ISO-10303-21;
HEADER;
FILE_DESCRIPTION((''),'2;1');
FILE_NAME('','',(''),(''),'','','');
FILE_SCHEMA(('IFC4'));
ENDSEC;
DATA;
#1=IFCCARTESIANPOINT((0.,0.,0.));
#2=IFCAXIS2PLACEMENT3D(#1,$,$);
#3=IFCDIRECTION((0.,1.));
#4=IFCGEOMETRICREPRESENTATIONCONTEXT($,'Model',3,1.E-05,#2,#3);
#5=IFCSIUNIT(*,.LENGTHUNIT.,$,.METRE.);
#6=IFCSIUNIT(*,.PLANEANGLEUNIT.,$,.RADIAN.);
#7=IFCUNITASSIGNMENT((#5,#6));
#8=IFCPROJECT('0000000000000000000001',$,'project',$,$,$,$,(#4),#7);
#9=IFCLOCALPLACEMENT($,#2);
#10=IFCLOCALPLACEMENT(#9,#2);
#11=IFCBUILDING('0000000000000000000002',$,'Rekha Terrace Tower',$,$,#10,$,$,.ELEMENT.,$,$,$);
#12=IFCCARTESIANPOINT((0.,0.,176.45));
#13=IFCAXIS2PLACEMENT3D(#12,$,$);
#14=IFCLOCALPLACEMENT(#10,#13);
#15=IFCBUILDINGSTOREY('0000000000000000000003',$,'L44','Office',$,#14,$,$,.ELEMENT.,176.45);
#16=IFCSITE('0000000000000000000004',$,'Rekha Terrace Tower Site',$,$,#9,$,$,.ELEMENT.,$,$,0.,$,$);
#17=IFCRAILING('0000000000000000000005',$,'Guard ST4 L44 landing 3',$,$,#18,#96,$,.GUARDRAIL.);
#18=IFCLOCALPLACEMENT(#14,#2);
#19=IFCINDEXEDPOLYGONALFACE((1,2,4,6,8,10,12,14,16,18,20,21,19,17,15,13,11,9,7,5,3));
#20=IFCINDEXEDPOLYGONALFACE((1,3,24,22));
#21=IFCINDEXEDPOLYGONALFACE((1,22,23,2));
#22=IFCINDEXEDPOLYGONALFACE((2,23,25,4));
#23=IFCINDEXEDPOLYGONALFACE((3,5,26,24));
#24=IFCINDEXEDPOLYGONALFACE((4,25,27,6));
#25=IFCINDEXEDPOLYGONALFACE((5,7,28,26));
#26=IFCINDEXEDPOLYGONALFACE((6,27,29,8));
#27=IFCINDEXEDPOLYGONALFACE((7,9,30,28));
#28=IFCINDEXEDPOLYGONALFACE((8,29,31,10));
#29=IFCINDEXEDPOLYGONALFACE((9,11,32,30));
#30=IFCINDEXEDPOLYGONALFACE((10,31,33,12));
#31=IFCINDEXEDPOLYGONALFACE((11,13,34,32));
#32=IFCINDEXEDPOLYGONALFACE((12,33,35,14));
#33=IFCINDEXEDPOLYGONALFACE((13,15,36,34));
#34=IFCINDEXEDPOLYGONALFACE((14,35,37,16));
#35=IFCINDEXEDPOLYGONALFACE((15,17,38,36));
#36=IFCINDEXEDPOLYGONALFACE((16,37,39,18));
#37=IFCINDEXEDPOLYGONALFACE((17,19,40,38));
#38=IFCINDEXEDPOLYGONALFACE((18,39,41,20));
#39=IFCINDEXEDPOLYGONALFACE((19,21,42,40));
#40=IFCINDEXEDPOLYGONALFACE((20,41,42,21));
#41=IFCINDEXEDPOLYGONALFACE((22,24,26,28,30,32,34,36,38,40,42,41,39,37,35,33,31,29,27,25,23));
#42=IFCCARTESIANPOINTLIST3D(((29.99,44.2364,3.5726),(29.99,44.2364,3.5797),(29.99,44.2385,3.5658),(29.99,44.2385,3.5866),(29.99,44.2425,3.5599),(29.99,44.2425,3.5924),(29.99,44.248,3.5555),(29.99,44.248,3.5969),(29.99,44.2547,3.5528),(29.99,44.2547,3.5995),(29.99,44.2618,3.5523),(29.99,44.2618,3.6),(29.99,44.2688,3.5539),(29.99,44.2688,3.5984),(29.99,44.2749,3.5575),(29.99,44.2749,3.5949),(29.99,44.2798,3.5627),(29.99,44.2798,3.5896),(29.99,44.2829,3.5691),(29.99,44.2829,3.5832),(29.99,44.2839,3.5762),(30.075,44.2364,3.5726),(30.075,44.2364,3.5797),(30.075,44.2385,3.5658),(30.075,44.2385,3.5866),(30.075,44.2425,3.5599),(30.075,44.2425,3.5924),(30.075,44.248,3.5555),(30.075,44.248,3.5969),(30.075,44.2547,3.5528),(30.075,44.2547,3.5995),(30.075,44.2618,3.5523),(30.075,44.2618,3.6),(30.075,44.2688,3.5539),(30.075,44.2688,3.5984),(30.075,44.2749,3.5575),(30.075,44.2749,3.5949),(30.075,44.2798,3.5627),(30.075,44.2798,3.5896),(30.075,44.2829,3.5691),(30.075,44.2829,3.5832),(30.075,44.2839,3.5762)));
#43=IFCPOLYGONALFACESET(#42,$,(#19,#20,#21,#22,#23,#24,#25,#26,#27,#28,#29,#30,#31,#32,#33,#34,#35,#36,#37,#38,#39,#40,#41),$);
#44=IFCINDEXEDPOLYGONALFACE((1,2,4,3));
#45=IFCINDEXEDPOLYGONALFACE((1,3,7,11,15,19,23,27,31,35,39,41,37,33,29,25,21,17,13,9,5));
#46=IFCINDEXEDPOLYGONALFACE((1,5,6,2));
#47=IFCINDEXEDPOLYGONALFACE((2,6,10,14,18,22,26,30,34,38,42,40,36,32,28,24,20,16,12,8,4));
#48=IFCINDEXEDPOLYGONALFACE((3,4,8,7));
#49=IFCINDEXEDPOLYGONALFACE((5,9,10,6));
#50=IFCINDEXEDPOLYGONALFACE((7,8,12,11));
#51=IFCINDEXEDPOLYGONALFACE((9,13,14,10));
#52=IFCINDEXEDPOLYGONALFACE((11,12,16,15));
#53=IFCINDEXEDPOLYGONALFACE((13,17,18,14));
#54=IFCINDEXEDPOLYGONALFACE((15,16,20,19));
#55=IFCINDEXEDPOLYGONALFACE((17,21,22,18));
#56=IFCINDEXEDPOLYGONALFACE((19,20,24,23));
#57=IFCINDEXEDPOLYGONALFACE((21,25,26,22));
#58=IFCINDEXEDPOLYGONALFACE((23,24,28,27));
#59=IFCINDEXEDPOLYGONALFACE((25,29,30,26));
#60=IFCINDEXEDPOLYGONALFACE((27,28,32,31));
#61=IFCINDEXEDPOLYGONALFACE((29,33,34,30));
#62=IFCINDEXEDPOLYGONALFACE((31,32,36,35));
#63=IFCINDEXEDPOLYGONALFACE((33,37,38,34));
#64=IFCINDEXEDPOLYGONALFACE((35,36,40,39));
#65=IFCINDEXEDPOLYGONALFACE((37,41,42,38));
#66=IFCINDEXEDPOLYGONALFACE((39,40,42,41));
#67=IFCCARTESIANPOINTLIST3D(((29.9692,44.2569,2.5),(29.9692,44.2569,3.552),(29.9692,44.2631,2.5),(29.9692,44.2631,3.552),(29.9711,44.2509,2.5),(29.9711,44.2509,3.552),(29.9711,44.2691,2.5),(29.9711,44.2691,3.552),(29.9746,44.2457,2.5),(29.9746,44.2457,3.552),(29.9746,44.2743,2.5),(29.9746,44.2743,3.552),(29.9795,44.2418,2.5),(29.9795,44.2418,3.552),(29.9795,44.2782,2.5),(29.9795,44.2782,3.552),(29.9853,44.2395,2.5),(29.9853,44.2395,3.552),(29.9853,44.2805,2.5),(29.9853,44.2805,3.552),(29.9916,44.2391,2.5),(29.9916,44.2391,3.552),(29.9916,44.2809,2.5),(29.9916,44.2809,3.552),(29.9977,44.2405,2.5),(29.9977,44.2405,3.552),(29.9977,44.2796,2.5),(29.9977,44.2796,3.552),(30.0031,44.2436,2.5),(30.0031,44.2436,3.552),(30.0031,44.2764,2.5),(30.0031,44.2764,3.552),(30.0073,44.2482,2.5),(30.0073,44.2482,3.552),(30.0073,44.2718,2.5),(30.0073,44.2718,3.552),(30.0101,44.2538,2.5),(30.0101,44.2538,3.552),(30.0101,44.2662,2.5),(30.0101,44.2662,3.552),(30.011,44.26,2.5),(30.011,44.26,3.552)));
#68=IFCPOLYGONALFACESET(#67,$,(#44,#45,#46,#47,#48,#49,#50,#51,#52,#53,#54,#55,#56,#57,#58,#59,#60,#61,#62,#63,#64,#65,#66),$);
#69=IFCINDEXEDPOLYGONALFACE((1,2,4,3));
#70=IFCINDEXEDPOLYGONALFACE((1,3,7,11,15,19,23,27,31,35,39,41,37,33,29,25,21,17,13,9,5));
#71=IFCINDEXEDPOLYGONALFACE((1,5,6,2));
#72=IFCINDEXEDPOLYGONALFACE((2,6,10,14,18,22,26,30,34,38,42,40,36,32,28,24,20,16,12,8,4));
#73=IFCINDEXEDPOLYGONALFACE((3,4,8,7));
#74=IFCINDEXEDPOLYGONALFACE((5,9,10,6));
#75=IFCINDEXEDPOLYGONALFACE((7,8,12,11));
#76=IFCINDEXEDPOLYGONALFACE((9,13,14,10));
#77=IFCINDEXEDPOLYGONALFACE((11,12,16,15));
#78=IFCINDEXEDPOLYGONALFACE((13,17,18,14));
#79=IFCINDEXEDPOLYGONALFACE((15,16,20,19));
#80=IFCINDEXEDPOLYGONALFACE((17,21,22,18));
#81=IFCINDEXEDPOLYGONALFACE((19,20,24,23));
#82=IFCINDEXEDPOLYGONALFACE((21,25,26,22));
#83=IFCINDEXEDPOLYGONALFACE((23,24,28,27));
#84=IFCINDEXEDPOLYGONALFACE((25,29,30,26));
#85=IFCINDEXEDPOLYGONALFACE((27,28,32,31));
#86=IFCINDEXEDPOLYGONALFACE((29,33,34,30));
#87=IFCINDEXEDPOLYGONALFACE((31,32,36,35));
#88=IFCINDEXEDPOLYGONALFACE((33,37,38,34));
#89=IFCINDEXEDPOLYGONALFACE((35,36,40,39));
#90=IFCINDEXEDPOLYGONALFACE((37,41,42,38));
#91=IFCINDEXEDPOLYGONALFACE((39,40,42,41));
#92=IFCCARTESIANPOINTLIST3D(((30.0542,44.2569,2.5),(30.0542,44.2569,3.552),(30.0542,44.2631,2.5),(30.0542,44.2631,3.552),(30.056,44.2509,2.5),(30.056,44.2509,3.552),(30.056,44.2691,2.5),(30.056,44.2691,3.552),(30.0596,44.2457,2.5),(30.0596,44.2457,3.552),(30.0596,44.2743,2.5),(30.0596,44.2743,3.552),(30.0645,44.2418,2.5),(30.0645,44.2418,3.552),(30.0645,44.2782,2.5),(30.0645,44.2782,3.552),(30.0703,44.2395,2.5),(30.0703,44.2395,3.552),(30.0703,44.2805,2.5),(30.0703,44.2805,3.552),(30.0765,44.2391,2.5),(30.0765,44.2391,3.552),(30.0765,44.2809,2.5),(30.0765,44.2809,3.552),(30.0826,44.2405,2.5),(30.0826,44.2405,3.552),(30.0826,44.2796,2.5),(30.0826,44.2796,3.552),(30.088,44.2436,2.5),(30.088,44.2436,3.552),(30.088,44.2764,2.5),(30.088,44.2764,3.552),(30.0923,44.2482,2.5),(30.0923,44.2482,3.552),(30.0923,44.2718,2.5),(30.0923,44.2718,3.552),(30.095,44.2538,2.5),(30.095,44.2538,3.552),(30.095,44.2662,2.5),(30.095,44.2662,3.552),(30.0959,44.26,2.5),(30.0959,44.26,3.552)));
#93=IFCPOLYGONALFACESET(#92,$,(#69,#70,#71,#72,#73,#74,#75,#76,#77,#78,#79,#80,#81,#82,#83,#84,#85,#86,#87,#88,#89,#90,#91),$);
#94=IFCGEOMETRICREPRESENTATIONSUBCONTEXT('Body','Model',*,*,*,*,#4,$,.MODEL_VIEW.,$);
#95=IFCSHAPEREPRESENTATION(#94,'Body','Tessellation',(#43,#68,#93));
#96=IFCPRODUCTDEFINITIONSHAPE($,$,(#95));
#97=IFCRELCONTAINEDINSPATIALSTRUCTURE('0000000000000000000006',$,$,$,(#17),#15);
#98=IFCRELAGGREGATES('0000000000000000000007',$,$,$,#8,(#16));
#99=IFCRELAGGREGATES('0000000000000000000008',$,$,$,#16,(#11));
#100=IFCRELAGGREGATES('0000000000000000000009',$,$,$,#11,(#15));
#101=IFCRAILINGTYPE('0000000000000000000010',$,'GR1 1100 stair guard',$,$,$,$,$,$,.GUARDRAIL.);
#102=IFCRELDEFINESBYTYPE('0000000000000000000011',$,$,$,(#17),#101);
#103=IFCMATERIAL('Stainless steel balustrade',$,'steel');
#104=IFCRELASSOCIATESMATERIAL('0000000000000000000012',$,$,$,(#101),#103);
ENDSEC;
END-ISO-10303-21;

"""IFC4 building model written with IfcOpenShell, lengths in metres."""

from ifc_helpers import new_model, si_unit, direction, frame, origin, origin_2d, place, context, subcontext, project, spatial, circle, extrude, material, type_object, element, save


model = new_model("IFC4")

# Units and contexts
model_context = context("Model", 3, precision=1e-05, world=origin(), true_north=direction((0.0, 1.0)))
body_context = subcontext(model_context, "Body", "Model", "MODEL_VIEW")
ifc_project = project(units=[si_unit("LENGTHUNIT", "METRE"), si_unit("PLANEANGLEUNIT", "RADIAN")], contexts=[model_context])

# Site, building, storey
site_placement = place(None, origin())
site = spatial("IfcSite", under=ifc_project, at=site_placement, Name="Rekha Terrace Tower Site", CompositionType="ELEMENT", RefElevation=0.0)
building_placement = place(site_placement, origin())
building = spatial("IfcBuilding", under=site, at=building_placement, Name="Rekha Terrace Tower", CompositionType="ELEMENT")
storey_placement = place(building_placement, frame((0.0, 0.0, 176.45)))
storey = spatial("IfcBuildingStorey", under=building, at=storey_placement, Name="L44", Description="Office", CompositionType="ELEMENT", Elevation=176.45)

# Railing
ifc_material_1 = material(Name="Stainless steel balustrade", Category="steel")
railing_type_1 = type_object("IfcRailingType", Name="GR1 1100 stair guard", PredefinedType="GUARDRAIL", material=ifc_material_1)
railing_1_placement = place(storey_placement, frame((29.99, 44.26, 2.5)))
element("IfcRailing", 1, at=railing_1_placement, inside=storey, type_object=railing_type_1, Name="Guard ST4 L44 landing 3", PredefinedType="GUARDRAIL", context=body_context, shape_type="SweptSolid", body=[
    extrude(circle(Radius=0.0239, at=origin_2d()), frame((0.0, 0.0, 1.0762), z_axis=(1.0, 0.0, 0.0), x_axis=(0.0, 1.0, 0.0)), (0.0, 0.0, 1.0), 0.085),
    extrude(circle(Radius=0.021, at=origin_2d()), origin(), (0.0, 0.0, 1.0), 1.052),
    extrude(circle(Radius=0.021, at=origin_2d()), frame((0.085, 0.0, 0.0)), (0.0, 0.0, 1.0), 1.052),
])

save(model, "model.ifc")
